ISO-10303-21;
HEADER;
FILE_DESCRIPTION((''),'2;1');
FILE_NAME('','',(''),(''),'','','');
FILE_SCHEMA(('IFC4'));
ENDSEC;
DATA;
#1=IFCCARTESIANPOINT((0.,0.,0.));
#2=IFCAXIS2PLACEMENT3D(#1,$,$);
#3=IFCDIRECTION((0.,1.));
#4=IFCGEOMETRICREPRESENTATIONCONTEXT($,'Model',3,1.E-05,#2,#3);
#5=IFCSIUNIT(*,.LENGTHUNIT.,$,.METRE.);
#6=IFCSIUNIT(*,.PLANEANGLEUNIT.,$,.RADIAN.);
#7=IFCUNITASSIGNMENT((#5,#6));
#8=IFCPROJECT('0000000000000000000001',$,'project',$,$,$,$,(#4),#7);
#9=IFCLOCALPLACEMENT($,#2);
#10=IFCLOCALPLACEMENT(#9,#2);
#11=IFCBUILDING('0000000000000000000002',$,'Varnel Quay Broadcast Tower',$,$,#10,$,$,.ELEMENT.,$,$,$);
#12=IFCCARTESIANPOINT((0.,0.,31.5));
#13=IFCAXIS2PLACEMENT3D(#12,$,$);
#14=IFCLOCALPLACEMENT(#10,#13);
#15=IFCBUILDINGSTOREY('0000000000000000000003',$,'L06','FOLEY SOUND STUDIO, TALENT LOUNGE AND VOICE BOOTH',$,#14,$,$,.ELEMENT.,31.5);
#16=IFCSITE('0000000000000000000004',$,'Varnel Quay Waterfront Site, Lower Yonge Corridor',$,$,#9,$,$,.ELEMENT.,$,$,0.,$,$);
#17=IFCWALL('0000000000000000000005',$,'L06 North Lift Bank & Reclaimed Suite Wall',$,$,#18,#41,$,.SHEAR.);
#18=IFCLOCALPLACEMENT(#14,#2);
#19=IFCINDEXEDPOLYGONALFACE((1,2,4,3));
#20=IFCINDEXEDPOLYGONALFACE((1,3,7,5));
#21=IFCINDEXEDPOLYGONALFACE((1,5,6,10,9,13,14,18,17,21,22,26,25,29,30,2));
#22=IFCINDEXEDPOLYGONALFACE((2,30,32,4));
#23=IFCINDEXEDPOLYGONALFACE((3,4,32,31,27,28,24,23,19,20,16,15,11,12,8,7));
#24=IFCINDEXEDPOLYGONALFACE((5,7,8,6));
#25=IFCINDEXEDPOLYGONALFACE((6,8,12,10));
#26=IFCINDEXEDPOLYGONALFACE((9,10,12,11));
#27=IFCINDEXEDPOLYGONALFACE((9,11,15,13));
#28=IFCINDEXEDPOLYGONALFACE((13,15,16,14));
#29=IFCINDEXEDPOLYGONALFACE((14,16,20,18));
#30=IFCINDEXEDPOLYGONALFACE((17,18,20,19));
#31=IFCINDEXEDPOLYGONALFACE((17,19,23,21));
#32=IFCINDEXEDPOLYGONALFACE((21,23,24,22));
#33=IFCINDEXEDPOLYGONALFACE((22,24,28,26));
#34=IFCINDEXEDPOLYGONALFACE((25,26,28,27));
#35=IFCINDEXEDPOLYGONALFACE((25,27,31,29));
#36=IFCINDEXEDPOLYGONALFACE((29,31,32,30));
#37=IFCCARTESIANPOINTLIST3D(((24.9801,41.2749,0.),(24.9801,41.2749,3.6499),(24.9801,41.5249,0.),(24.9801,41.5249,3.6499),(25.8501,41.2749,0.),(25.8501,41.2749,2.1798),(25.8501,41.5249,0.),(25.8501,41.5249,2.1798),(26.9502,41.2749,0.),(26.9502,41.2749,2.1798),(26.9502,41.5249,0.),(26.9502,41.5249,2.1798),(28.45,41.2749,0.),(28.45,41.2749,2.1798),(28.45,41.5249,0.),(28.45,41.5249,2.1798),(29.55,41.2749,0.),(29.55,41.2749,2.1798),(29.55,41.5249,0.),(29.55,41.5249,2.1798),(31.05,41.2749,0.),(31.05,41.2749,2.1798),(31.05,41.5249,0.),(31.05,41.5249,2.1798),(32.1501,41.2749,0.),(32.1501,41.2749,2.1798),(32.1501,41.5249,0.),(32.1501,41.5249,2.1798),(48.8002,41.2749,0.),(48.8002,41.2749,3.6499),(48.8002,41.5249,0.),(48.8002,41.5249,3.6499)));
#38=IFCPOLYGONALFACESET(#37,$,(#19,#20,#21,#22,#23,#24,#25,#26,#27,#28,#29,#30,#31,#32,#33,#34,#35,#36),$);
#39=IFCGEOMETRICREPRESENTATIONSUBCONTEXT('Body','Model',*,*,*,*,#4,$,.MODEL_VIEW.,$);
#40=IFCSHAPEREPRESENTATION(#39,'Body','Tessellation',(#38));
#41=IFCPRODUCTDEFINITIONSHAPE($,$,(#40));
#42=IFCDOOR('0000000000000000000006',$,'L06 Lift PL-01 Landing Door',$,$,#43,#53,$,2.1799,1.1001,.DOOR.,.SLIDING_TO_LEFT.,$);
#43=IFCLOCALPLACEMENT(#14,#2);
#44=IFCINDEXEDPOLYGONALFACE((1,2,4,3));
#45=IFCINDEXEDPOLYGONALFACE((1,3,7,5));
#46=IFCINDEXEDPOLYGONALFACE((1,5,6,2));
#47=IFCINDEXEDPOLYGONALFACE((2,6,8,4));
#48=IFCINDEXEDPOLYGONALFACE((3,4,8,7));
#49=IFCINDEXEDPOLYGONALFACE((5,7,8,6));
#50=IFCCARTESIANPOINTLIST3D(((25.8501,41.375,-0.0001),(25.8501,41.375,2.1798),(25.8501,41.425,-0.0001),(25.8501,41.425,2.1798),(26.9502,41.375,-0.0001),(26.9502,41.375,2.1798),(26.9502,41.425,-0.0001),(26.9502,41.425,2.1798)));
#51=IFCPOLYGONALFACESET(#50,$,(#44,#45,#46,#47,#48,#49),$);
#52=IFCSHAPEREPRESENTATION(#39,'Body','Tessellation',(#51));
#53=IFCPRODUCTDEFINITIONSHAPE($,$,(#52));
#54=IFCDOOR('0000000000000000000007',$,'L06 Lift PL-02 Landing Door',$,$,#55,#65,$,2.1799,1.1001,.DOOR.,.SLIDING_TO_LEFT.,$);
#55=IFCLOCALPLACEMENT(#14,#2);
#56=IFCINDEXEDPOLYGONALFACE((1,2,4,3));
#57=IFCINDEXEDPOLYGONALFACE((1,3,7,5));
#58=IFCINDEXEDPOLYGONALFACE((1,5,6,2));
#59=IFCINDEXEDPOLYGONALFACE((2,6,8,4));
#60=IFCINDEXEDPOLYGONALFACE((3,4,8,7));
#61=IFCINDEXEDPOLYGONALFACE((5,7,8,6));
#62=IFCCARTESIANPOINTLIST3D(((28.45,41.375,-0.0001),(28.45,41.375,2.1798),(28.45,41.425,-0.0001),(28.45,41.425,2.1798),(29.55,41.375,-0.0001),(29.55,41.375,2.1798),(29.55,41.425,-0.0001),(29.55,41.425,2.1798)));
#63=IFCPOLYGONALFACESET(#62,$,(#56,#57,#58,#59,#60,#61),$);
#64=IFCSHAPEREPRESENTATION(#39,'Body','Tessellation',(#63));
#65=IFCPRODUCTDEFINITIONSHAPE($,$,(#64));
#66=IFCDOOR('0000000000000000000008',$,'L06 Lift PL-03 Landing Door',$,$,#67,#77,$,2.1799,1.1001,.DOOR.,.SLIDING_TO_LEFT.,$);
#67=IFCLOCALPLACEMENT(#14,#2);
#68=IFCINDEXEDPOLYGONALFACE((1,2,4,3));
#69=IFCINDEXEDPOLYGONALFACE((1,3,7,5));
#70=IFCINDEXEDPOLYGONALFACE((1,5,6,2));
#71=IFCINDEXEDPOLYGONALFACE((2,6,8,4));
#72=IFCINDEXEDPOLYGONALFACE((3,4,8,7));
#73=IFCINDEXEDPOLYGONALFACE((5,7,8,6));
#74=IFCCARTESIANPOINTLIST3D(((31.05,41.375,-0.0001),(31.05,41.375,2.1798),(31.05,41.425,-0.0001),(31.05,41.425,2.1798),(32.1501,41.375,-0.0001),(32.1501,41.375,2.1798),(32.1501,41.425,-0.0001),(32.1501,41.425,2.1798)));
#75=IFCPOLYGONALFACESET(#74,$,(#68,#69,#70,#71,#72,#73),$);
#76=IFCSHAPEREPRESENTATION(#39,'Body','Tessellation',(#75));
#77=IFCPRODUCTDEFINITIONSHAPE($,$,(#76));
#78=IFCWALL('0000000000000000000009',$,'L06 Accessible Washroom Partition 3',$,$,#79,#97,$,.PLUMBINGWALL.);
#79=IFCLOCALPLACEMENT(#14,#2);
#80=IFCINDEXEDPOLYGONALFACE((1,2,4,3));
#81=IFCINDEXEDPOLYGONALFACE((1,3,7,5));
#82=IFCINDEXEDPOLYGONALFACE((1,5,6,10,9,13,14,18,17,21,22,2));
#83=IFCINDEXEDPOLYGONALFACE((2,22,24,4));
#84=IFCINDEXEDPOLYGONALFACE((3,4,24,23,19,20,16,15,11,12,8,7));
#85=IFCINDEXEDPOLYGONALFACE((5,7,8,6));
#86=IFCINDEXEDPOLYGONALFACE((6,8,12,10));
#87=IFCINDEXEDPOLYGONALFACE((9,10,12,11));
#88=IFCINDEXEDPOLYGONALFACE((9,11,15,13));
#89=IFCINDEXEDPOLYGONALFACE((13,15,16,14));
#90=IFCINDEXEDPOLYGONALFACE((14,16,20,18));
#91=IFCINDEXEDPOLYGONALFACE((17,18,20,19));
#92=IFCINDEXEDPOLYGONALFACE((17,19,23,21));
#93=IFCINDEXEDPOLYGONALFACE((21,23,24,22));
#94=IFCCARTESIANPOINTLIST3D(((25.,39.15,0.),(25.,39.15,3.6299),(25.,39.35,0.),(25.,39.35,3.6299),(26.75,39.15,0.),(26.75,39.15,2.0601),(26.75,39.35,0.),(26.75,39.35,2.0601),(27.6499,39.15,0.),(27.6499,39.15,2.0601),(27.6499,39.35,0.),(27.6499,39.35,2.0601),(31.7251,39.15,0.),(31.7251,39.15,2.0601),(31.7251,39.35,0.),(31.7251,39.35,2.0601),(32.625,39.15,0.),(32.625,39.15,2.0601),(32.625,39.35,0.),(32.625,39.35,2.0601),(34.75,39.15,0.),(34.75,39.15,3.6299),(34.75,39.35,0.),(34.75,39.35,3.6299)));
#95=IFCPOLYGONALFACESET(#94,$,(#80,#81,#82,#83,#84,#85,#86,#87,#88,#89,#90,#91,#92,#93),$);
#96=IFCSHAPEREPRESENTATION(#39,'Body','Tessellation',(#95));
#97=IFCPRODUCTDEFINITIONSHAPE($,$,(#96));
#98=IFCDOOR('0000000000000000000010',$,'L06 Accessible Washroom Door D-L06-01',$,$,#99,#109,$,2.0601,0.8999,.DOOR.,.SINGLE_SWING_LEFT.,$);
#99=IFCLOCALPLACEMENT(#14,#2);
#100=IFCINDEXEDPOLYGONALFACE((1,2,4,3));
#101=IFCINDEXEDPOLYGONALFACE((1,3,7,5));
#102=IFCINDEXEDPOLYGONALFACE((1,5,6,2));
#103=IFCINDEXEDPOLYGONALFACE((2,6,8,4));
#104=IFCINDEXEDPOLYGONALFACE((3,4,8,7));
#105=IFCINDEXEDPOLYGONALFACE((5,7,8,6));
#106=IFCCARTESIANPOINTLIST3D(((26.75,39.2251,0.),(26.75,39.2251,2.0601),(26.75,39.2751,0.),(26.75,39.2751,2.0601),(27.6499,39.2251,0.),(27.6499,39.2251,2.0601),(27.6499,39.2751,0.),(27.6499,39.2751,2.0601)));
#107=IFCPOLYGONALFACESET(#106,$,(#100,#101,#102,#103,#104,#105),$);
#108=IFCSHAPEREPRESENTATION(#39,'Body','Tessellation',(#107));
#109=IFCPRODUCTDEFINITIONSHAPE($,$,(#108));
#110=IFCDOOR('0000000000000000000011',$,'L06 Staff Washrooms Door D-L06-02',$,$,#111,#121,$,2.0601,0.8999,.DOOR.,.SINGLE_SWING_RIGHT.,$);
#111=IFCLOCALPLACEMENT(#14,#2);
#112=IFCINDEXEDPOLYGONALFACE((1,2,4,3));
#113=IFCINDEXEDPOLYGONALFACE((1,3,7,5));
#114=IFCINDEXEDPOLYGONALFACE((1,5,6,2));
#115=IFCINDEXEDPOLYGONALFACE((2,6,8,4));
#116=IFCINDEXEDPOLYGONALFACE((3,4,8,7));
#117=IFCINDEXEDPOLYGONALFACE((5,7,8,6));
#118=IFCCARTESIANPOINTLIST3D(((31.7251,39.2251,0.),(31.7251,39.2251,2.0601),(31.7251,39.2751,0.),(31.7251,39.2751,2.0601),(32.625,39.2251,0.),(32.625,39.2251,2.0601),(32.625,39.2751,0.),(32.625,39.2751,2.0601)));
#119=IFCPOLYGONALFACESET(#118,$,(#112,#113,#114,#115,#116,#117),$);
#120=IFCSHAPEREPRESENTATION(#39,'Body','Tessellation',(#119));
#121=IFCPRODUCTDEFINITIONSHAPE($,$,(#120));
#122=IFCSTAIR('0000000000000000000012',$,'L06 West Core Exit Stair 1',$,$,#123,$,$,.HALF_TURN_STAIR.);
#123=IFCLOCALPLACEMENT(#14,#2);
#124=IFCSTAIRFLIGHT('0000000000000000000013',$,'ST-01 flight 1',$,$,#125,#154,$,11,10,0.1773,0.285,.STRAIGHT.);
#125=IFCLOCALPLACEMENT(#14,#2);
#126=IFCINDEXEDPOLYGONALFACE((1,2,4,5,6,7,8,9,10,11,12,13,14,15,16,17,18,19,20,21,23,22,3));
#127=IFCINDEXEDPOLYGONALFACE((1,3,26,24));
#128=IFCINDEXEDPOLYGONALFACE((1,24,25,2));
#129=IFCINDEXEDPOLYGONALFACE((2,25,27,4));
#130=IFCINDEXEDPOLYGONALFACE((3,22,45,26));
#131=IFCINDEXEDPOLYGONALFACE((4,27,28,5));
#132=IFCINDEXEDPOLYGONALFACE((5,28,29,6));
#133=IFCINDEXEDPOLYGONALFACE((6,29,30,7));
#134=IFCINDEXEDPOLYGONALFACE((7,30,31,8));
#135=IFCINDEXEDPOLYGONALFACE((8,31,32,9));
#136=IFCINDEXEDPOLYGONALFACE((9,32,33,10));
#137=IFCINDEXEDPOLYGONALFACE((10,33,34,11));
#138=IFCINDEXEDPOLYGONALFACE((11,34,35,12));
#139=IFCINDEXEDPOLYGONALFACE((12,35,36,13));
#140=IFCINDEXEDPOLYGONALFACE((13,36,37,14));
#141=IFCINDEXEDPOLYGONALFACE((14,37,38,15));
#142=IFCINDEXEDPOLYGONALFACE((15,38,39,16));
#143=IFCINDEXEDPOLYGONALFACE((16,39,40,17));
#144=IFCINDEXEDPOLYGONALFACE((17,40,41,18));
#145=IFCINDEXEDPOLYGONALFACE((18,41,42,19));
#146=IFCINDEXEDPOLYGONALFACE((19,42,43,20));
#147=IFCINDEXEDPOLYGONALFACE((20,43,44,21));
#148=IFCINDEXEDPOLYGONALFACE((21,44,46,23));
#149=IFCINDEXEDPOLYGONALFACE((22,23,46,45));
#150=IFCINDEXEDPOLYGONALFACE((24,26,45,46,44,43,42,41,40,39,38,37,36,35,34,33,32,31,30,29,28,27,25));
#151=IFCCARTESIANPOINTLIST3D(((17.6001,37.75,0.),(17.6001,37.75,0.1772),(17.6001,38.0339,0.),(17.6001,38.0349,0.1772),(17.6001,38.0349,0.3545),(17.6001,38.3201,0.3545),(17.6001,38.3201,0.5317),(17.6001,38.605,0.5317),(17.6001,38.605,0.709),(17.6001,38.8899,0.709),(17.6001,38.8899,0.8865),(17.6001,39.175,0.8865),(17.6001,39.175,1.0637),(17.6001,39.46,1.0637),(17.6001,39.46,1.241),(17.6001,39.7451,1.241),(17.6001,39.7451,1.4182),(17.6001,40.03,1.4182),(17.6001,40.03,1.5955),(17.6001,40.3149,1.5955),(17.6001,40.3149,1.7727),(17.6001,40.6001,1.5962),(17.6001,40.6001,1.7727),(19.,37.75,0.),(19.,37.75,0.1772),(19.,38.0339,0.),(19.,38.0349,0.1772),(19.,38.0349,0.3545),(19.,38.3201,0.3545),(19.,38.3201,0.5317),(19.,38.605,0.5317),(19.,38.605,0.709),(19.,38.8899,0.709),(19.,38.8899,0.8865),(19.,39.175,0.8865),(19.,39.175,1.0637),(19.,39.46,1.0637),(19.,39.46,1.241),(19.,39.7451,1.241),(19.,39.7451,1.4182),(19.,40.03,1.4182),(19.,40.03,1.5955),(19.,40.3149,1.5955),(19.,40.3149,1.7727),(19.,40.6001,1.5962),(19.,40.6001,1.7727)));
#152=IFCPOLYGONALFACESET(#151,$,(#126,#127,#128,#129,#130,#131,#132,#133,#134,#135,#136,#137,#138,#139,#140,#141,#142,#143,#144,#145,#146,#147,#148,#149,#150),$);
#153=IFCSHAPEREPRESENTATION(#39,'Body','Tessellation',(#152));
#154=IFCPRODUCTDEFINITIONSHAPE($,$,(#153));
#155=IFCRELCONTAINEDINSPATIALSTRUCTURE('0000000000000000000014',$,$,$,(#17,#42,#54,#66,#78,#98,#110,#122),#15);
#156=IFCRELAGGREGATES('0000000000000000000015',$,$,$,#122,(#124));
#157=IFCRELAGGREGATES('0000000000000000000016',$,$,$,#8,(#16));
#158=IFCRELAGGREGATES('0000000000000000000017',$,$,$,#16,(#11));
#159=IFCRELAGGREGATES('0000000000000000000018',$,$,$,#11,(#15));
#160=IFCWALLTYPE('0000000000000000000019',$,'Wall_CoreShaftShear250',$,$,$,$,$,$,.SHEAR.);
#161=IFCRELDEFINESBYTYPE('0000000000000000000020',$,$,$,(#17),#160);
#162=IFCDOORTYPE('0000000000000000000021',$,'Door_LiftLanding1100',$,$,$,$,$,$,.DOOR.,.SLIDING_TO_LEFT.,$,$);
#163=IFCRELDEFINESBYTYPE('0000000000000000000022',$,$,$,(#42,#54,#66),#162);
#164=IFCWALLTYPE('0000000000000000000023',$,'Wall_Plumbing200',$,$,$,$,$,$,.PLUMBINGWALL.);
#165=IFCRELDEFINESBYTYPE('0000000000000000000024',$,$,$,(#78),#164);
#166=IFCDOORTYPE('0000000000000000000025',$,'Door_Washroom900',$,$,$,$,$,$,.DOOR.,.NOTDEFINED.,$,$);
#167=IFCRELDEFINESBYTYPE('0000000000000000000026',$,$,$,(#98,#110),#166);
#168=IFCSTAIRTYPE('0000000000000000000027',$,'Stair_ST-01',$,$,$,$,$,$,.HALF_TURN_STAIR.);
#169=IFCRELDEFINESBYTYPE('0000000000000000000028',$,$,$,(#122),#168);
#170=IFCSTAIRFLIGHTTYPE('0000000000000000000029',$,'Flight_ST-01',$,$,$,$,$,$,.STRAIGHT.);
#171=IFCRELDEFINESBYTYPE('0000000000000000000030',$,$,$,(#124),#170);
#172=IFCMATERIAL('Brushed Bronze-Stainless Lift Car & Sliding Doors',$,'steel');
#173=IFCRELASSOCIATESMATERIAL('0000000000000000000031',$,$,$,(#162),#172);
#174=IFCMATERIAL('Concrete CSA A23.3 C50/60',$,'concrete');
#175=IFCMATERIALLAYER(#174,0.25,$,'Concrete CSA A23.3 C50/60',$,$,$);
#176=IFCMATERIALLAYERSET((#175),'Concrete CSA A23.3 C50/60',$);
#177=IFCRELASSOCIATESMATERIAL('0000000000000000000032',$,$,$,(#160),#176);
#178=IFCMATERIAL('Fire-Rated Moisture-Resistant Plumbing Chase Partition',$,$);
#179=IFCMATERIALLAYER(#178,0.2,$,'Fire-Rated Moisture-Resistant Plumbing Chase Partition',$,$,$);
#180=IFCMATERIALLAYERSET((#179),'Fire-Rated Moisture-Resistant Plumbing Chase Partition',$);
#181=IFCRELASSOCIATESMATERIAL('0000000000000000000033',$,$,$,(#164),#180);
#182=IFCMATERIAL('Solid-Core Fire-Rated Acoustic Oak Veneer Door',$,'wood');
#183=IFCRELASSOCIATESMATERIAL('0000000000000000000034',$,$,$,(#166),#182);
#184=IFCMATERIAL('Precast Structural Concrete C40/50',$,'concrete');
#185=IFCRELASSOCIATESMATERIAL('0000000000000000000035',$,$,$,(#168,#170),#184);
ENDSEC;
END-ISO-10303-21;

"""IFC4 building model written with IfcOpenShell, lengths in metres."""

from ifc_helpers import new_model, si_unit, direction, frame, frame_2d, origin, place, context, subcontext, project, spatial, polyline, rectangle, outline, extrude, source, transform, mapped, material, layer, layer_set, type_object, type_shapes, element, fill, aggregate, save


model = new_model("IFC4")

# Units and contexts
model_context = context("Model", 3, precision=1e-05, world=origin(), true_north=direction((0.0, 1.0)))
body_context = subcontext(model_context, "Body", "Model", "MODEL_VIEW")
ifc_project = project(units=[si_unit("LENGTHUNIT", "METRE"), si_unit("PLANEANGLEUNIT", "RADIAN")], contexts=[model_context])

# Site, building, storey
site_placement = place(None, origin())
site = spatial("IfcSite", under=ifc_project, at=site_placement, Name="Varnel Quay Waterfront Site, Lower Yonge Corridor", CompositionType="ELEMENT", RefElevation=0.0)
building_placement = place(site_placement, origin())
building = spatial("IfcBuilding", under=site, at=building_placement, Name="Varnel Quay Broadcast Tower", CompositionType="ELEMENT")
storey_placement = place(building_placement, frame((0.0, 0.0, 31.5)))
storey = spatial("IfcBuildingStorey", under=building, at=storey_placement, Name="L06", Description="FOLEY SOUND STUDIO, TALENT LOUNGE AND VOICE BOOTH", CompositionType="ELEMENT", Elevation=31.5)

# Shared definitions
ifc_material_1 = material(Name="Concrete CSA A23.3 C50/60", Category="concrete")
ifc_material_2 = material(Name="Brushed Bronze-Stainless Lift Car & Sliding Doors", Category="steel")
door_type_1 = type_object("IfcDoorType", Name="Door_LiftLanding1100", OperationType="SLIDING_TO_LEFT", PredefinedType="DOOR", material=ifc_material_2)
shared_shape_1 = source(origin(), body_context, "Body", "SweptSolid", [
    extrude(rectangle(XDim=1.1001, YDim=2.1799, at=frame_2d((0.55, 1.0898))), frame((0.0, 0.0249, 0.0), z_axis=(0.0, -1.0, 0.0), x_axis=(1.0, 0.0, 0.0)), (0.0, 0.0, 1.0), 0.05),
])
type_shapes(door_type_1, [shared_shape_1])

# Walls, openings, doors
ifc_layer_1 = layer(ifc_material_1, 0.25, Name="Concrete CSA A23.3 C50/60")
ifc_layer_set_1 = layer_set([ifc_layer_1], Name="Concrete CSA A23.3 C50/60")
wall_type_1 = type_object("IfcWallType", Name="Wall_CoreShaftShear250", PredefinedType="SHEAR", material=ifc_layer_set_1)
wall_1_placement = place(storey_placement, frame((24.98, 41.3999, 0.0), z_axis=(0.0, 0.0, 1.0), x_axis=(1.0, 0.0, 0.0)))
wall_1 = element("IfcWall", 1, at=wall_1_placement, inside=storey, type_object=wall_type_1, Name="L06 North Lift Bank & Reclaimed Suite Wall", PredefinedType="SHEAR", context=body_context, shape_type="SweptSolid", body=[
    extrude(rectangle(XDim=23.8201, YDim=0.25, at=frame_2d((11.9102, 0.0))), origin(), (0.0, 0.0, 1.0), 3.6499),
])
opening_1_placement = place(wall_1_placement, frame((0.8701, 0.0, 0.0)))
opening_1 = element("IfcOpeningElement", 2, at=opening_1_placement, cuts=wall_1, PredefinedType="OPENING", context=body_context, shape_type="SweptSolid", body=[
    extrude(rectangle(XDim=1.1001, YDim=2.1799, at=frame_2d((0.55, 1.0898))), frame((0.0, 0.135, 0.0), z_axis=(0.0, -1.0, 0.0), x_axis=(1.0, 0.0, 0.0)), (0.0, 0.0, 1.0), 0.27),
])
opening_2_placement = place(wall_1_placement, frame((3.47, 0.0, 0.0)))
opening_2 = element("IfcOpeningElement", 3, at=opening_2_placement, cuts=wall_1, PredefinedType="OPENING", context=body_context, shape_type="SweptSolid", body=[
    extrude(rectangle(XDim=1.1001, YDim=2.1799, at=frame_2d((0.55, 1.0898))), frame((0.0, 0.135, 0.0), z_axis=(0.0, -1.0, 0.0), x_axis=(1.0, 0.0, 0.0)), (0.0, 0.0, 1.0), 0.27),
])
opening_3_placement = place(wall_1_placement, frame((6.0701, 0.0, 0.0)))
opening_3 = element("IfcOpeningElement", 4, at=opening_3_placement, cuts=wall_1, PredefinedType="OPENING", context=body_context, shape_type="SweptSolid", body=[
    extrude(rectangle(XDim=1.1001, YDim=2.1799, at=frame_2d((0.55, 1.0898))), frame((0.0, 0.135, 0.0), z_axis=(0.0, -1.0, 0.0), x_axis=(1.0, 0.0, 0.0)), (0.0, 0.0, 1.0), 0.27),
])
door_1_placement = place(opening_1_placement, frame((1.1001, 0.0, 0.0), z_axis=(0.0, 0.0, 1.0), x_axis=(-1.0, 0.0, 0.0)))
door_1 = element("IfcDoor", 5, at=door_1_placement, inside=storey, type_object=door_type_1, Name="L06 Lift PL-01 Landing Door", OperationType="SLIDING_TO_LEFT", OverallHeight=2.1799, OverallWidth=1.1001, PredefinedType="DOOR", context=body_context, shape_type="MappedRepresentation", body=[
    mapped(shared_shape_1, transform((0.0, 0.0, 0.0), x_axis=(1.0, 0.0, 0.0), y_axis=(0.0, 1.0, 0.0), z_axis=(0.0, 0.0, 1.0), scale=1.0)),
])
fill(opening_1, door_1)
door_2_placement = place(opening_2_placement, frame((1.1001, 0.0, 0.0), z_axis=(0.0, 0.0, 1.0), x_axis=(-1.0, 0.0, 0.0)))
door_2 = element("IfcDoor", 6, at=door_2_placement, inside=storey, type_object=door_type_1, Name="L06 Lift PL-02 Landing Door", OperationType="SLIDING_TO_LEFT", OverallHeight=2.1799, OverallWidth=1.1001, PredefinedType="DOOR", context=body_context, shape_type="MappedRepresentation", body=[
    mapped(shared_shape_1, transform((0.0, 0.0, 0.0), x_axis=(1.0, 0.0, 0.0), y_axis=(0.0, 1.0, 0.0), z_axis=(0.0, 0.0, 1.0), scale=1.0)),
])
fill(opening_2, door_2)
door_3_placement = place(opening_3_placement, frame((1.1001, 0.0, 0.0), z_axis=(0.0, 0.0, 1.0), x_axis=(-1.0, 0.0, 0.0)))
door_3 = element("IfcDoor", 7, at=door_3_placement, inside=storey, type_object=door_type_1, Name="L06 Lift PL-03 Landing Door", OperationType="SLIDING_TO_LEFT", OverallHeight=2.1799, OverallWidth=1.1001, PredefinedType="DOOR", context=body_context, shape_type="MappedRepresentation", body=[
    mapped(shared_shape_1, transform((0.0, 0.0, 0.0), x_axis=(1.0, 0.0, 0.0), y_axis=(0.0, 1.0, 0.0), z_axis=(0.0, 0.0, 1.0), scale=1.0)),
])
fill(opening_3, door_3)
ifc_material_3 = material(Name="Fire-Rated Moisture-Resistant Plumbing Chase Partition")
ifc_layer_2 = layer(ifc_material_3, 0.2, Name="Fire-Rated Moisture-Resistant Plumbing Chase Partition")
ifc_layer_set_2 = layer_set([ifc_layer_2], Name="Fire-Rated Moisture-Resistant Plumbing Chase Partition")
wall_type_2 = type_object("IfcWallType", Name="Wall_Plumbing200", PredefinedType="PLUMBINGWALL", material=ifc_layer_set_2)
wall_2_placement = place(storey_placement, frame((25.0, 39.25, 0.0), z_axis=(0.0, 0.0, 1.0), x_axis=(1.0, 0.0, 0.0)))
wall_2 = element("IfcWall", 8, at=wall_2_placement, inside=storey, type_object=wall_type_2, Name="L06 Accessible Washroom Partition 3", PredefinedType="PLUMBINGWALL", context=body_context, shape_type="SweptSolid", body=[
    extrude(rectangle(XDim=9.75, YDim=0.2, at=frame_2d((4.875, 0.0))), origin(), (0.0, 0.0, 1.0), 3.6299),
])
opening_4_placement = place(wall_2_placement, frame((1.75, 0.0, 0.0)))
opening_4 = element("IfcOpeningElement", 9, at=opening_4_placement, cuts=wall_2, PredefinedType="OPENING", context=body_context, shape_type="SweptSolid", body=[
    extrude(rectangle(XDim=0.8999, YDim=2.0601, at=frame_2d((0.45, 1.03))), frame((0.0, 0.1099, 0.0), z_axis=(0.0, -1.0, 0.0), x_axis=(1.0, 0.0, 0.0)), (0.0, 0.0, 1.0), 0.22),
])
opening_5_placement = place(wall_2_placement, frame((6.7251, 0.0, 0.0)))
opening_5 = element("IfcOpeningElement", 10, at=opening_5_placement, cuts=wall_2, PredefinedType="OPENING", context=body_context, shape_type="SweptSolid", body=[
    extrude(rectangle(XDim=0.8999, YDim=2.0601, at=frame_2d((0.45, 1.03))), frame((0.0, 0.1099, 0.0), z_axis=(0.0, -1.0, 0.0), x_axis=(1.0, 0.0, 0.0)), (0.0, 0.0, 1.0), 0.22),
])
ifc_material_4 = material(Name="Solid-Core Fire-Rated Acoustic Oak Veneer Door", Category="wood")
door_type_2 = type_object("IfcDoorType", Name="Door_Washroom900", OperationType="NOTDEFINED", PredefinedType="DOOR", material=ifc_material_4)
shared_shape_2 = source(origin(), body_context, "Body", "SweptSolid", [
    extrude(rectangle(XDim=0.8999, YDim=2.0601, at=frame_2d((0.45, 1.03))), frame((0.0, 0.0249, 0.0), z_axis=(0.0, -1.0, 0.0), x_axis=(1.0, 0.0, 0.0)), (0.0, 0.0, 1.0), 0.05),
])
type_shapes(door_type_2, [shared_shape_2])
door_4_placement = place(opening_4_placement, frame((0.8999, 0.0, 0.0), z_axis=(0.0, 0.0, 1.0), x_axis=(-1.0, 0.0, 0.0)))
door_4 = element("IfcDoor", 11, at=door_4_placement, inside=storey, type_object=door_type_2, Name="L06 Accessible Washroom Door D-L06-01", OperationType="SINGLE_SWING_LEFT", OverallHeight=2.0601, OverallWidth=0.8999, PredefinedType="DOOR", context=body_context, shape_type="MappedRepresentation", body=[
    mapped(shared_shape_2, transform((0.0, 0.0, 0.0), x_axis=(1.0, 0.0, 0.0), y_axis=(0.0, 1.0, 0.0), z_axis=(0.0, 0.0, 1.0), scale=1.0)),
])
fill(opening_4, door_4)
door_5_placement = place(opening_5_placement, frame((0.8999, 0.0, 0.0), z_axis=(0.0, 0.0, 1.0), x_axis=(-1.0, 0.0, 0.0)))
door_5 = element("IfcDoor", 12, at=door_5_placement, inside=storey, type_object=door_type_2, Name="L06 Staff Washrooms Door D-L06-02", OperationType="SINGLE_SWING_RIGHT", OverallHeight=2.0601, OverallWidth=0.8999, PredefinedType="DOOR", context=body_context, shape_type="MappedRepresentation", body=[
    mapped(shared_shape_2, transform((0.0, 0.0, 0.0), x_axis=(1.0, 0.0, 0.0), y_axis=(0.0, 1.0, 0.0), z_axis=(0.0, 0.0, 1.0), scale=1.0)),
])
fill(opening_5, door_5)

# Stair, stair flight
ifc_material_5 = material(Name="Precast Structural Concrete C40/50", Category="concrete")
stair_type = type_object("IfcStairType", Name="Stair_ST-01", PredefinedType="HALF_TURN_STAIR", material=ifc_material_5)
stair_placement = place(storey_placement, origin())
stair = element("IfcStair", 13, at=stair_placement, inside=storey, type_object=stair_type, Name="L06 West Core Exit Stair 1", PredefinedType="HALF_TURN_STAIR")
stair_flight_type = type_object("IfcStairFlightType", Name="Flight_ST-01", PredefinedType="STRAIGHT", material=ifc_material_5)
stair_flight_1_placement = place(storey_placement, frame((18.3, 37.75, 0.0), z_axis=(0.0, 0.0, 1.0), x_axis=(0.0, 1.0, 0.0)))
stair_flight_1 = element("IfcStairFlight", 14, at=stair_flight_1_placement, type_object=stair_flight_type, Name="ST-01 flight 1", NumberOfRisers=11, NumberOfTreads=10, PredefinedType="STRAIGHT", RiserHeight=0.1773, TreadLength=0.285, context=body_context, shape_type="SweptSolid", body=[
    extrude(outline(polyline([(0.0, 0.0), (0.0, 0.1772), (0.2849, 0.1772), (0.2849, 0.3545), (0.5701, 0.3545), (0.5701, 0.5317), (0.855, 0.5317), (0.855, 0.709), (1.1399, 0.709), (1.1399, 0.8865), (1.425, 0.8865), (1.425, 1.0637), (1.71, 1.0637), (1.71, 1.241), (1.9951, 1.241), (1.9951, 1.4182), (2.28, 1.4182), (2.28, 1.5955), (2.5649, 1.5955), (2.5649, 1.7727), (2.8501, 1.7727), (2.8501, 1.95), (2.8501, 1.5962), (0.2839, 0.0), (0.0, 0.0)])), frame((0.0, 0.7, 0.0), z_axis=(0.0, -1.0, 0.0), x_axis=(1.0, 0.0, 0.0)), (0.0, 0.0, 1.0), 1.3999),
])
aggregate(stair, [stair_flight_1])

save(model, "model.ifc")
